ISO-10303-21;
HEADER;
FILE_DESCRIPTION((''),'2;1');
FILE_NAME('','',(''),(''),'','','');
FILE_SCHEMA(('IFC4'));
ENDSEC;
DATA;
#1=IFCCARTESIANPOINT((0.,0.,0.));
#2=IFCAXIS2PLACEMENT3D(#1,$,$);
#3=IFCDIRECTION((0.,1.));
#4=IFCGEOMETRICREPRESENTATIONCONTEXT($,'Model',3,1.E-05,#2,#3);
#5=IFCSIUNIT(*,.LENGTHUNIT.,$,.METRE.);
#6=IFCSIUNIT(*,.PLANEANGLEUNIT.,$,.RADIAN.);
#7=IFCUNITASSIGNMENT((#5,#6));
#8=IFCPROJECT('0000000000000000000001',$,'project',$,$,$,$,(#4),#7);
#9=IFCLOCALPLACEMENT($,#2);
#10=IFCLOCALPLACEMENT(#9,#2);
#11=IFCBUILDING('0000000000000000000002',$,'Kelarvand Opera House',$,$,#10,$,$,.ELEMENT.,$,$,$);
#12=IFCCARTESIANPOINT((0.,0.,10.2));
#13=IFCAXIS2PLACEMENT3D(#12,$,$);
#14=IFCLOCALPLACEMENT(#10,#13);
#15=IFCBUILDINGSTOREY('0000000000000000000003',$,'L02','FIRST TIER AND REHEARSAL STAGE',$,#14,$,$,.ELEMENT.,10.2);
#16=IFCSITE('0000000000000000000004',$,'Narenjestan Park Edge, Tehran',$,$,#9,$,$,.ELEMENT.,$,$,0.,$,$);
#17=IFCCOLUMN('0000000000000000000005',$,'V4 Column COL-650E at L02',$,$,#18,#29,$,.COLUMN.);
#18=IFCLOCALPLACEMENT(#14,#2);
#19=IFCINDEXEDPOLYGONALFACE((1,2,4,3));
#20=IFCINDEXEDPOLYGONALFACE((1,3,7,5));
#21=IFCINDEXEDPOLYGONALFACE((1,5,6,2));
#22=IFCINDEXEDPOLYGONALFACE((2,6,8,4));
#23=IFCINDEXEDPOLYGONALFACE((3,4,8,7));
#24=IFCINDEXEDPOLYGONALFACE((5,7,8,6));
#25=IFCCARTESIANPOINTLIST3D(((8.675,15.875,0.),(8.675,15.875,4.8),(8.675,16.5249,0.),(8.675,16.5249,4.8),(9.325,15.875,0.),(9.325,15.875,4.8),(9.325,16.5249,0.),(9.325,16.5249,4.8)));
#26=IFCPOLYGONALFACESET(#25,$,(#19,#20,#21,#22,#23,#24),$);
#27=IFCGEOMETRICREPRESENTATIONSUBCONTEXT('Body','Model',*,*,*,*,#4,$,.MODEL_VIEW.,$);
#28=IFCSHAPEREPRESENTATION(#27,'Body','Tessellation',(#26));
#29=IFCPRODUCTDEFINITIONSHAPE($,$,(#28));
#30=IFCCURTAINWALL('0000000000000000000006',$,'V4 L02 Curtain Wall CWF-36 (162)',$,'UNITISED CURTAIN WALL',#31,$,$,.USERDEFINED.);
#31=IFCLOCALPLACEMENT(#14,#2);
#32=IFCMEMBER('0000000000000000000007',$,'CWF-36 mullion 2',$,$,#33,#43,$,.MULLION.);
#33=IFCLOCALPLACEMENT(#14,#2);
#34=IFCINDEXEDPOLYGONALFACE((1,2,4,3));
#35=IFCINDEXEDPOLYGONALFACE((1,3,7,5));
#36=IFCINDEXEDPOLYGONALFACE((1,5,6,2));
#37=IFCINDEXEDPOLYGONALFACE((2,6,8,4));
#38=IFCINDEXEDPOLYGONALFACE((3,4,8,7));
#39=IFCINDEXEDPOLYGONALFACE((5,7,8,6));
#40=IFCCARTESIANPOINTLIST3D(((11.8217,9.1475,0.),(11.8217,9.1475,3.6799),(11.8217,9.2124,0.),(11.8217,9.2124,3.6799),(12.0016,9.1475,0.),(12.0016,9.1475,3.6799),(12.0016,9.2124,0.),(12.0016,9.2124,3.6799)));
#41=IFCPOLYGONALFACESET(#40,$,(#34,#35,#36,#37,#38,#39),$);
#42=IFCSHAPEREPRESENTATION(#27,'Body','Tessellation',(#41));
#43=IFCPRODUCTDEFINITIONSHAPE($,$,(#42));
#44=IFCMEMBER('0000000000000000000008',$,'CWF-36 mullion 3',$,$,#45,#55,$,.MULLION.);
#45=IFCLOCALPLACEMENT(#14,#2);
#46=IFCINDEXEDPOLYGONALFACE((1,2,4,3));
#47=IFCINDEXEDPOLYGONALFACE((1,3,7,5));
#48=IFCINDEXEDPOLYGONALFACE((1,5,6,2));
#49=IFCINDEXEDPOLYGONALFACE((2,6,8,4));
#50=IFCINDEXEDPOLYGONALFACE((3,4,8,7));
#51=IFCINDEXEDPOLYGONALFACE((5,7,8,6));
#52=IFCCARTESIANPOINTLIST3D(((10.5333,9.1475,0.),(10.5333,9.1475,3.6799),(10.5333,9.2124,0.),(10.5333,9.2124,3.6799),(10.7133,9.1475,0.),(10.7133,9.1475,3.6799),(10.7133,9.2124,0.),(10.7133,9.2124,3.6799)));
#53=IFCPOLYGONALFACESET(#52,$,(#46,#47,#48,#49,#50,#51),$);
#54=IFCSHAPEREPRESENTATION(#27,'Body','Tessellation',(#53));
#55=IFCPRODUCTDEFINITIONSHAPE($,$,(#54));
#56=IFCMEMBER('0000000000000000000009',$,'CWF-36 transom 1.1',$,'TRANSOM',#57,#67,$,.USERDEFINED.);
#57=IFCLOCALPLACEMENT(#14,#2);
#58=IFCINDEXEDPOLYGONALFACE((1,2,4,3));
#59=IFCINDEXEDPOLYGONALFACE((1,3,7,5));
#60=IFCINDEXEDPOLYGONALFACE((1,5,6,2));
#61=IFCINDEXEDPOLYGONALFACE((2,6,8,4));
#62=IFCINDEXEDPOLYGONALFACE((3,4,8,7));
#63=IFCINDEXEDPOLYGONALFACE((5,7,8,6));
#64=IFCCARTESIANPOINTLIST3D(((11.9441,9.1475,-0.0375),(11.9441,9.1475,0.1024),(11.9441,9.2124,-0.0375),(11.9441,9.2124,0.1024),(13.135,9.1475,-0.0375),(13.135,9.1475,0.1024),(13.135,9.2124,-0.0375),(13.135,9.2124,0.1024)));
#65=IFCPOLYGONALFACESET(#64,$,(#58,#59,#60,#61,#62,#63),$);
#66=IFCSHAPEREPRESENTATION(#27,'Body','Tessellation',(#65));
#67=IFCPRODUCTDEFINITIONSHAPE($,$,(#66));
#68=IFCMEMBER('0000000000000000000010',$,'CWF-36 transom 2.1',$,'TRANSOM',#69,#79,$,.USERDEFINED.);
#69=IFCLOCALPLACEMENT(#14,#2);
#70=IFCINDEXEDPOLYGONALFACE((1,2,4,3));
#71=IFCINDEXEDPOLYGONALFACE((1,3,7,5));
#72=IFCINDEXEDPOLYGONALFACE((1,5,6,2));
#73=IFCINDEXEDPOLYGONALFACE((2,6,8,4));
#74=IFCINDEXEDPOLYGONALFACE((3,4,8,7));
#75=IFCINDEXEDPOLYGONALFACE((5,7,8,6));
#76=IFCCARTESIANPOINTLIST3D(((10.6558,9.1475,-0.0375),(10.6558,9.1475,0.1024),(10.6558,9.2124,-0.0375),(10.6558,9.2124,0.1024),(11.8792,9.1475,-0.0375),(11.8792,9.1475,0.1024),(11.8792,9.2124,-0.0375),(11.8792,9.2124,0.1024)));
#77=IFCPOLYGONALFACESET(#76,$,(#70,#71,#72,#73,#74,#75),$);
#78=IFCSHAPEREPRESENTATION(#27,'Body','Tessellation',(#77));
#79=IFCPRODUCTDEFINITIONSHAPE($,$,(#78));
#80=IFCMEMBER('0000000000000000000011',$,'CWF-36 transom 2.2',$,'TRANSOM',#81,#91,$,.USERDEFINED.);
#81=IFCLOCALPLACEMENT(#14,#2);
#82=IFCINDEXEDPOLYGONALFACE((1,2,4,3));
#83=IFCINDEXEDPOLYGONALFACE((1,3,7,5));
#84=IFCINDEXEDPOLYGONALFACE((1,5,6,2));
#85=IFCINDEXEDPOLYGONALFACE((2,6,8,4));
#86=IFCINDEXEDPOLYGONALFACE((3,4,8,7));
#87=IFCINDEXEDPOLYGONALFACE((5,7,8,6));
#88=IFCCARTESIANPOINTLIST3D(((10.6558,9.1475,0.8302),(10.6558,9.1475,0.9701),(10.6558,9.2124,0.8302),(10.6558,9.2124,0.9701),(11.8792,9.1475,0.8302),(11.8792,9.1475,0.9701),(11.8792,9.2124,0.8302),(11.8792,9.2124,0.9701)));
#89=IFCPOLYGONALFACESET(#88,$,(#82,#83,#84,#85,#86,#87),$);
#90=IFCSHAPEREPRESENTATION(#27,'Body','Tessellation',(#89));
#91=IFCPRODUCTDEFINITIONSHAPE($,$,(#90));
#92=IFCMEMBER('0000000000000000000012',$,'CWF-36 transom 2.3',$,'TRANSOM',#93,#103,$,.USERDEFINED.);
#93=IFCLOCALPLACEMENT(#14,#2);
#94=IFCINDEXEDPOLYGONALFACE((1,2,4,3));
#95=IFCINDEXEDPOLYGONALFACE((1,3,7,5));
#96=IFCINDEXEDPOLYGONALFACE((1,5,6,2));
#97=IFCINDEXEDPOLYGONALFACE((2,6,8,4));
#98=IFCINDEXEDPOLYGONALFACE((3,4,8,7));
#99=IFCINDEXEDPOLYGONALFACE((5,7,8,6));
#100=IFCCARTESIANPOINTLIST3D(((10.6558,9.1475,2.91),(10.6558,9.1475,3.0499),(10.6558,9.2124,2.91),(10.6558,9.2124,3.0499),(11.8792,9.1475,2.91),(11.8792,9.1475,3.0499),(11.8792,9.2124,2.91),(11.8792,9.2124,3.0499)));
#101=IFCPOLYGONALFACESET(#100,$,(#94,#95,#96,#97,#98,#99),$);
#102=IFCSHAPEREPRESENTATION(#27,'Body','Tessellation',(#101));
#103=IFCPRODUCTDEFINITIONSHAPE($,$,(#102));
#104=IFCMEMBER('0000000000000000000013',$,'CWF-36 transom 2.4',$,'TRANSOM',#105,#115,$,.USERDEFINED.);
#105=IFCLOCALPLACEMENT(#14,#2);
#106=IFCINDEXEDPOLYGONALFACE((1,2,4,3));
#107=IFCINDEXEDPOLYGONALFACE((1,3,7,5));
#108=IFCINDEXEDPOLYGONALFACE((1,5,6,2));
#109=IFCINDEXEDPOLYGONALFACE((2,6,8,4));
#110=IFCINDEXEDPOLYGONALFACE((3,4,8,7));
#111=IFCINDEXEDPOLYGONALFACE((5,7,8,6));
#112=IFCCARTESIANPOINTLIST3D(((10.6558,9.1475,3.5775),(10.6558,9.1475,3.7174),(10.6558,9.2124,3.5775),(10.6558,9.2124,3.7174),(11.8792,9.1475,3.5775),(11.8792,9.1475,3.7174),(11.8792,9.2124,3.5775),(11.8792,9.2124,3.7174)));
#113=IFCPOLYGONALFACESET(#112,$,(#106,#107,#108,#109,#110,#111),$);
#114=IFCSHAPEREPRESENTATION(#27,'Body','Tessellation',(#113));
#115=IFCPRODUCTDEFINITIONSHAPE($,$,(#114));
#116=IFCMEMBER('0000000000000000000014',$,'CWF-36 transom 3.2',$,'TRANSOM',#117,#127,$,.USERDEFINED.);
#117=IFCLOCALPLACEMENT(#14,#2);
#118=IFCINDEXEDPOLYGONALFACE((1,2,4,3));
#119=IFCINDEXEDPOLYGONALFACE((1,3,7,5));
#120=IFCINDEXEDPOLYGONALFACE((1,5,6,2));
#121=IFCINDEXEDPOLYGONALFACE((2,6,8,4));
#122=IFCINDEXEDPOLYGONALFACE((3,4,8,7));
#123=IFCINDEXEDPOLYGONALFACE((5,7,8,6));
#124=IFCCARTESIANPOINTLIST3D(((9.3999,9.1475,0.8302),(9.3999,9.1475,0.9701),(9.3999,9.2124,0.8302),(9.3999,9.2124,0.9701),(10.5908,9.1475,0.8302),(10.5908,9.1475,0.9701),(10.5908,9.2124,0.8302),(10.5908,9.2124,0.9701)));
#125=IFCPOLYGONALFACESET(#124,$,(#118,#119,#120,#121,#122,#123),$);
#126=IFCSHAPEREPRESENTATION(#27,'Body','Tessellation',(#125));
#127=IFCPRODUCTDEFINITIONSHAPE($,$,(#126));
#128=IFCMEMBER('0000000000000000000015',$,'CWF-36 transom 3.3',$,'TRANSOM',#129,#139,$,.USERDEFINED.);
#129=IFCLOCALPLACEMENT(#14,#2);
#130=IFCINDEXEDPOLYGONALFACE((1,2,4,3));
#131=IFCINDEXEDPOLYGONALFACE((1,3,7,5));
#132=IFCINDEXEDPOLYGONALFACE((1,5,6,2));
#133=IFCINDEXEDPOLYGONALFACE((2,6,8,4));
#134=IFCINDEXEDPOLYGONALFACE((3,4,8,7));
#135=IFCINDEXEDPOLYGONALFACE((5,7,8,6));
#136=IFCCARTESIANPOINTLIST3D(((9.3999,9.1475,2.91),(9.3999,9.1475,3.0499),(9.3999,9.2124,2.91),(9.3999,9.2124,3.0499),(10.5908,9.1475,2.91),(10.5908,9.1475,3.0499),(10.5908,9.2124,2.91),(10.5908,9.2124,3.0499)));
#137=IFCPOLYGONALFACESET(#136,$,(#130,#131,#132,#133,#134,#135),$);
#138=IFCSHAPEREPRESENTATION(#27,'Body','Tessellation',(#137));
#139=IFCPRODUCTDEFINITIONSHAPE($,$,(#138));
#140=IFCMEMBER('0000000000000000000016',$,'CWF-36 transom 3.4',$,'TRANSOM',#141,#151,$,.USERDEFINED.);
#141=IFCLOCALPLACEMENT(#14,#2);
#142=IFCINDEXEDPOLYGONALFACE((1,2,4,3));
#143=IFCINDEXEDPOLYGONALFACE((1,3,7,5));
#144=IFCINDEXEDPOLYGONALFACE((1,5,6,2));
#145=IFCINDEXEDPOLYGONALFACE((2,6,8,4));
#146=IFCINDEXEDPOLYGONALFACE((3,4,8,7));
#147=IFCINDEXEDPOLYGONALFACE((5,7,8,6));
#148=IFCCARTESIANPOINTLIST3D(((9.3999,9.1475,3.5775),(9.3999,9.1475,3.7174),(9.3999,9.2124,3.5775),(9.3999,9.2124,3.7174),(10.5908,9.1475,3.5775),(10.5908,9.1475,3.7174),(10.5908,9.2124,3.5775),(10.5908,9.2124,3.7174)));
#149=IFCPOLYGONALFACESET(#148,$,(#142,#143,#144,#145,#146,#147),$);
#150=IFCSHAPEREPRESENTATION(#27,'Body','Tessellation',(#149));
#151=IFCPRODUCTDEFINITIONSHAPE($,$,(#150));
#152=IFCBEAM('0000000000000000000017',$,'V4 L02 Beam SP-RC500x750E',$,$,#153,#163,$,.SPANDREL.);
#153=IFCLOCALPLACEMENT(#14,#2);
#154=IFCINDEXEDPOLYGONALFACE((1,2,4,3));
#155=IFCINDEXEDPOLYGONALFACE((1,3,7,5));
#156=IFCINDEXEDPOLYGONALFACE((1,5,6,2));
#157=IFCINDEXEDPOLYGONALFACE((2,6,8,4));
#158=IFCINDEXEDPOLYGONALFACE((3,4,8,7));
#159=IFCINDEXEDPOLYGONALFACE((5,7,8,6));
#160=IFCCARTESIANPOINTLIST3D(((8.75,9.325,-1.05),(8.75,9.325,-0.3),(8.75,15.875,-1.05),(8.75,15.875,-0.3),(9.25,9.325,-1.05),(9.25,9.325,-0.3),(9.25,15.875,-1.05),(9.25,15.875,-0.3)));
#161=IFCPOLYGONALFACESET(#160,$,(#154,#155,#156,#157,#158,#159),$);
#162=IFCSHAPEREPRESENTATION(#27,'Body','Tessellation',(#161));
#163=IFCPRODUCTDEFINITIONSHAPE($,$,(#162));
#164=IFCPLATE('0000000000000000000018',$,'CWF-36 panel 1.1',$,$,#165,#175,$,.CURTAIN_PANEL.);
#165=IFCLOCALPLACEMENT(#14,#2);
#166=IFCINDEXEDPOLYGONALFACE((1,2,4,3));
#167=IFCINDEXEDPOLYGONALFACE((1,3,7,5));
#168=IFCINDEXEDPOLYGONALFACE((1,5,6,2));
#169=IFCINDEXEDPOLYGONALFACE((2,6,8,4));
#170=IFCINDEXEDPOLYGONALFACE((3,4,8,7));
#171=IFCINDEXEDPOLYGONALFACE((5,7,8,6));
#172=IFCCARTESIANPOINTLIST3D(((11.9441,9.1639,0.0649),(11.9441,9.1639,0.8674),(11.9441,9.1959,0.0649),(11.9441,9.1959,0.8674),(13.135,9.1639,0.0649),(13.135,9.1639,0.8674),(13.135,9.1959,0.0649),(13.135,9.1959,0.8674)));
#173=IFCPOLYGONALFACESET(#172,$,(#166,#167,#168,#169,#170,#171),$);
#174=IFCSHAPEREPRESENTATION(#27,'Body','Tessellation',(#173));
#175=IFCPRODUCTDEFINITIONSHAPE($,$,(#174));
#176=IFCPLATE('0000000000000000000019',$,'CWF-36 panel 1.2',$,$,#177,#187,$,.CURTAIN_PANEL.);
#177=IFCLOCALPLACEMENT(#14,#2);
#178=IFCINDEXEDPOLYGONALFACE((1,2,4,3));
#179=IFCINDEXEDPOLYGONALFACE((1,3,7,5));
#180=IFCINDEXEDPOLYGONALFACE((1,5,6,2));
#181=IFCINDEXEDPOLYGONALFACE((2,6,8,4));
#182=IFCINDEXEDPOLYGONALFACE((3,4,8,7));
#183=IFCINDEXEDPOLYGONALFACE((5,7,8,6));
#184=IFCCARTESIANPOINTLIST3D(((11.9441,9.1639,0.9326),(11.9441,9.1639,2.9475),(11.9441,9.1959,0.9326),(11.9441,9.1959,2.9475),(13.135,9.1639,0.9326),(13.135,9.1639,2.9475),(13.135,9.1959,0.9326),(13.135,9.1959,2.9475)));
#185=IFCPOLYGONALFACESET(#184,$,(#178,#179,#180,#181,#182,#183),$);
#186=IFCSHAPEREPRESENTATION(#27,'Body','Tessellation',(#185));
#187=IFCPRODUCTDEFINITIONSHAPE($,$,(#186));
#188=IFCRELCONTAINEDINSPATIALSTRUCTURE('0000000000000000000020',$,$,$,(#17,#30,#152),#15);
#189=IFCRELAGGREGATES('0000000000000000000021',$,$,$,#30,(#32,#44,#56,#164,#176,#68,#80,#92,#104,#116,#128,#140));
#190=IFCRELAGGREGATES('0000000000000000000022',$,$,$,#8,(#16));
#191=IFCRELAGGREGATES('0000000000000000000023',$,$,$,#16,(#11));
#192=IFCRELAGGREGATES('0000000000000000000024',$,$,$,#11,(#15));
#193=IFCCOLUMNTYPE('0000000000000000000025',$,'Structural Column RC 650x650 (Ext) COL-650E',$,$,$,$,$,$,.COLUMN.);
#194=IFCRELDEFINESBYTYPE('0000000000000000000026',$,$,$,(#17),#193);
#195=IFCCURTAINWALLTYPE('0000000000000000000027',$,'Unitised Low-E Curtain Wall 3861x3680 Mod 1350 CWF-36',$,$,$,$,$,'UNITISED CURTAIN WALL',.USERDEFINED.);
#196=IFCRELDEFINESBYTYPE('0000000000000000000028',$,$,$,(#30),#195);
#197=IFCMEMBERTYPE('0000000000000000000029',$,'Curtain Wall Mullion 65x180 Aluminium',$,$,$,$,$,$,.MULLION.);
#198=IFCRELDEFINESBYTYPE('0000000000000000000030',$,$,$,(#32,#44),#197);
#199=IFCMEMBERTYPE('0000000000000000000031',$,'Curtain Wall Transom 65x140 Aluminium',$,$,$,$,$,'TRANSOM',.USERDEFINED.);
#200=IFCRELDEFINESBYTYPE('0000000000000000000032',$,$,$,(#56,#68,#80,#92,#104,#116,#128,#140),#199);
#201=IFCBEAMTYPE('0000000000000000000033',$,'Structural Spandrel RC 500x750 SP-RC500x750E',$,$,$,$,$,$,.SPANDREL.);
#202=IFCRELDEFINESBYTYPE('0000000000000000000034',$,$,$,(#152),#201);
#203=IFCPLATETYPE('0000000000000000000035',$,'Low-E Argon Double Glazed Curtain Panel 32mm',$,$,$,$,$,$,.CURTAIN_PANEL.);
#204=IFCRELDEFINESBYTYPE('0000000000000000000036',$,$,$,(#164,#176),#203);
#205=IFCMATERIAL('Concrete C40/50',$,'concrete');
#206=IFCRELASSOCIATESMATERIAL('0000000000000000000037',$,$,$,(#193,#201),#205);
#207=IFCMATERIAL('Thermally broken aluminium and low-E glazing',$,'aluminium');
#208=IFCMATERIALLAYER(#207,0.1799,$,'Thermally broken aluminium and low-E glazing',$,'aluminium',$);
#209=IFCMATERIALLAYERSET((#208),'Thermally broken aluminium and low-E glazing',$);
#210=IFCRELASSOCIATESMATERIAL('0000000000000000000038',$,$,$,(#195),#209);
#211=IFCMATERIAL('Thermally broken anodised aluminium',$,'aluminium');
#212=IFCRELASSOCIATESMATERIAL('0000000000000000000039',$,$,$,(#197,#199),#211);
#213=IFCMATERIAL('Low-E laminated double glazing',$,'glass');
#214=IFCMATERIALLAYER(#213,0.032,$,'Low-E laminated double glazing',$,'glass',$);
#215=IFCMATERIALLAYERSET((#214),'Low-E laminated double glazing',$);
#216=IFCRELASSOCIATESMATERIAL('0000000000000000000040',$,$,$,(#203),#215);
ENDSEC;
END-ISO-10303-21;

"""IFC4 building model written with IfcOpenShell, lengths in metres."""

from ifc_helpers import new_model, si_unit, direction, frame, origin, origin_2d, place, context, subcontext, project, spatial, rectangle, extrude, material, layer, layer_set, material_profile, profile_set, type_object, element, aggregate, save


model = new_model("IFC4")

# Units and contexts
model_context = context("Model", 3, precision=1e-05, world=origin(), true_north=direction((0.0, 1.0)))
body_context = subcontext(model_context, "Body", "Model", "MODEL_VIEW")
ifc_project = project(units=[si_unit("LENGTHUNIT", "METRE"), si_unit("PLANEANGLEUNIT", "RADIAN")], contexts=[model_context])

# Site, building, storey
site_placement = place(None, origin())
site = spatial("IfcSite", under=ifc_project, at=site_placement, Name="Narenjestan Park Edge, Tehran", CompositionType="ELEMENT", RefElevation=0.0)
building_placement = place(site_placement, origin())
building = spatial("IfcBuilding", under=site, at=building_placement, Name="Kelarvand Opera House", CompositionType="ELEMENT")
storey_placement = place(building_placement, frame((0.0, 0.0, 10.2)))
storey = spatial("IfcBuildingStorey", under=building, at=storey_placement, Name="L02", Description="FIRST TIER AND REHEARSAL STAGE", CompositionType="ELEMENT", Elevation=10.2)

# Column
ifc_material_1 = material(Name="Concrete C40/50", Category="concrete")
ifc_material_profile_1 = material_profile(ifc_material_1, rectangle(XDim=0.6499, YDim=0.6499, at=origin_2d()), Name="RC 650x650", Category="concrete")
ifc_profile_set_1 = profile_set([ifc_material_profile_1], Name="Concrete C40/50")
column_type = type_object("IfcColumnType", Name="Structural Column RC 650x650 (Ext) COL-650E", PredefinedType="COLUMN", material=ifc_profile_set_1)
column_placement = place(storey_placement, frame((9.0, 16.2, 0.0), z_axis=(0.0, 0.0, 1.0), x_axis=(1.0, 0.0, 0.0)))
element("IfcColumn", 1, at=column_placement, inside=storey, type_object=column_type, Name="V4 Column COL-650E at L02", PredefinedType="COLUMN", context=body_context, shape_type="SweptSolid", body=[
    extrude(rectangle(XDim=0.6499, YDim=0.6499, at=origin_2d()), origin(), (0.0, 0.0, 1.0), 4.8),
])

# Curtain wall, members
ifc_material_2 = material(Name="Thermally broken aluminium and low-E glazing", Category="aluminium")
ifc_layer_1 = layer(ifc_material_2, 0.1799, Name="Thermally broken aluminium and low-E glazing", Category="aluminium")
ifc_layer_set_1 = layer_set([ifc_layer_1], Name="Thermally broken aluminium and low-E glazing")
curtain_wall_type = type_object("IfcCurtainWallType", Name="Unitised Low-E Curtain Wall 3861x3680 Mod 1350 CWF-36", ElementType="UNITISED CURTAIN WALL", PredefinedType="USERDEFINED", material=ifc_layer_set_1)
curtain_wall_placement = place(storey_placement, origin())
curtain_wall = element("IfcCurtainWall", 2, at=curtain_wall_placement, inside=storey, type_object=curtain_wall_type, Name="V4 L02 Curtain Wall CWF-36 (162)", ObjectType="UNITISED CURTAIN WALL", PredefinedType="USERDEFINED")
ifc_material_3 = material(Name="Thermally broken anodised aluminium", Category="aluminium")
ifc_material_profile_2 = material_profile(ifc_material_3, rectangle(XDim=0.0649, YDim=0.1799, at=origin_2d()), Name="ALU MULLION 65x180", Category="aluminium")
ifc_profile_set_2 = profile_set([ifc_material_profile_2], Name="Thermally broken anodised aluminium")
member_type_1 = type_object("IfcMemberType", Name="Curtain Wall Mullion 65x180 Aluminium", PredefinedType="MULLION", material=ifc_profile_set_2)
member_1_placement = place(storey_placement, frame((11.9116, 9.1799, 0.0), z_axis=(0.0, 0.0, 1.0), x_axis=(0.0, -1.0, 0.0)))
member_1 = element("IfcMember", 3, at=member_1_placement, type_object=member_type_1, Name="CWF-36 mullion 2", PredefinedType="MULLION", context=body_context, shape_type="SweptSolid", body=[
    extrude(rectangle(XDim=0.0649, YDim=0.1799, at=origin_2d()), origin(), (0.0, 0.0, 1.0), 3.6799),
])
member_2_placement = place(storey_placement, frame((10.6233, 9.1799, 0.0), z_axis=(0.0, 0.0, 1.0), x_axis=(0.0, -1.0, 0.0)))
member_2 = element("IfcMember", 4, at=member_2_placement, type_object=member_type_1, Name="CWF-36 mullion 3", PredefinedType="MULLION", context=body_context, shape_type="SweptSolid", body=[
    extrude(rectangle(XDim=0.0649, YDim=0.1799, at=origin_2d()), origin(), (0.0, 0.0, 1.0), 3.6799),
])
ifc_material_profile_3 = material_profile(ifc_material_3, rectangle(XDim=0.0649, YDim=0.1399, at=origin_2d()), Name="ALU TRANSOM 65x140", Category="aluminium")
ifc_profile_set_3 = profile_set([ifc_material_profile_3], Name="Thermally broken anodised aluminium")
member_type_2 = type_object("IfcMemberType", Name="Curtain Wall Transom 65x140 Aluminium", ElementType="TRANSOM", PredefinedType="USERDEFINED", material=ifc_profile_set_3)
member_3_placement = place(storey_placement, frame((13.135, 9.1799, 0.0325), z_axis=(-1.0, 0.0, 0.0), x_axis=(0.0, -1.0, 0.0)))
member_3 = element("IfcMember", 5, at=member_3_placement, type_object=member_type_2, Name="CWF-36 transom 1.1", ObjectType="TRANSOM", PredefinedType="USERDEFINED", context=body_context, shape_type="SweptSolid", body=[
    extrude(rectangle(XDim=0.0649, YDim=0.1399, at=origin_2d()), origin(), (0.0, 0.0, 1.0), 1.1909),
])
member_4_placement = place(storey_placement, frame((11.8792, 9.1799, 0.0325), z_axis=(-1.0, 0.0, 0.0), x_axis=(0.0, -1.0, 0.0)))
member_4 = element("IfcMember", 6, at=member_4_placement, type_object=member_type_2, Name="CWF-36 transom 2.1", ObjectType="TRANSOM", PredefinedType="USERDEFINED", context=body_context, shape_type="SweptSolid", body=[
    extrude(rectangle(XDim=0.0649, YDim=0.1399, at=origin_2d()), origin(), (0.0, 0.0, 1.0), 1.2234),
])
member_5_placement = place(storey_placement, frame((11.8792, 9.1799, 0.9001), z_axis=(-1.0, 0.0, 0.0), x_axis=(0.0, -1.0, 0.0)))
member_5 = element("IfcMember", 7, at=member_5_placement, type_object=member_type_2, Name="CWF-36 transom 2.2", ObjectType="TRANSOM", PredefinedType="USERDEFINED", context=body_context, shape_type="SweptSolid", body=[
    extrude(rectangle(XDim=0.0649, YDim=0.1399, at=origin_2d()), origin(), (0.0, 0.0, 1.0), 1.2234),
])
member_6_placement = place(storey_placement, frame((11.8792, 9.1799, 2.98), z_axis=(-1.0, 0.0, 0.0), x_axis=(0.0, -1.0, 0.0)))
member_6 = element("IfcMember", 8, at=member_6_placement, type_object=member_type_2, Name="CWF-36 transom 2.3", ObjectType="TRANSOM", PredefinedType="USERDEFINED", context=body_context, shape_type="SweptSolid", body=[
    extrude(rectangle(XDim=0.0649, YDim=0.1399, at=origin_2d()), origin(), (0.0, 0.0, 1.0), 1.2234),
])
member_7_placement = place(storey_placement, frame((11.8792, 9.1799, 3.6475), z_axis=(-1.0, 0.0, 0.0), x_axis=(0.0, -1.0, 0.0)))
member_7 = element("IfcMember", 9, at=member_7_placement, type_object=member_type_2, Name="CWF-36 transom 2.4", ObjectType="TRANSOM", PredefinedType="USERDEFINED", context=body_context, shape_type="SweptSolid", body=[
    extrude(rectangle(XDim=0.0649, YDim=0.1399, at=origin_2d()), origin(), (0.0, 0.0, 1.0), 1.2234),
])
member_8_placement = place(storey_placement, frame((10.5908, 9.1799, 0.9001), z_axis=(-1.0, 0.0, 0.0), x_axis=(0.0, -1.0, 0.0)))
member_8 = element("IfcMember", 10, at=member_8_placement, type_object=member_type_2, Name="CWF-36 transom 3.2", ObjectType="TRANSOM", PredefinedType="USERDEFINED", context=body_context, shape_type="SweptSolid", body=[
    extrude(rectangle(XDim=0.0649, YDim=0.1399, at=origin_2d()), origin(), (0.0, 0.0, 1.0), 1.1909),
])
member_9_placement = place(storey_placement, frame((10.5908, 9.1799, 2.98), z_axis=(-1.0, 0.0, 0.0), x_axis=(0.0, -1.0, 0.0)))
member_9 = element("IfcMember", 11, at=member_9_placement, type_object=member_type_2, Name="CWF-36 transom 3.3", ObjectType="TRANSOM", PredefinedType="USERDEFINED", context=body_context, shape_type="SweptSolid", body=[
    extrude(rectangle(XDim=0.0649, YDim=0.1399, at=origin_2d()), origin(), (0.0, 0.0, 1.0), 1.1909),
])
member_10_placement = place(storey_placement, frame((10.5908, 9.1799, 3.6475), z_axis=(-1.0, 0.0, 0.0), x_axis=(0.0, -1.0, 0.0)))
member_10 = element("IfcMember", 12, at=member_10_placement, type_object=member_type_2, Name="CWF-36 transom 3.4", ObjectType="TRANSOM", PredefinedType="USERDEFINED", context=body_context, shape_type="SweptSolid", body=[
    extrude(rectangle(XDim=0.0649, YDim=0.1399, at=origin_2d()), origin(), (0.0, 0.0, 1.0), 1.1909),
])

# Beam
ifc_material_profile_4 = material_profile(ifc_material_1, rectangle(XDim=0.5, YDim=0.75, at=origin_2d()), Name="RC 500x750", Category="concrete")
ifc_profile_set_4 = profile_set([ifc_material_profile_4], Name="Concrete C40/50")
beam_type = type_object("IfcBeamType", Name="Structural Spandrel RC 500x750 SP-RC500x750E", PredefinedType="SPANDREL", material=ifc_profile_set_4)
beam_placement = place(storey_placement, frame((9.0, 9.325, -0.675), z_axis=(0.0, 1.0, 0.0), x_axis=(-1.0, 0.0, 0.0)))
element("IfcBeam", 13, at=beam_placement, inside=storey, type_object=beam_type, Name="V4 L02 Beam SP-RC500x750E", PredefinedType="SPANDREL", context=body_context, shape_type="SweptSolid", body=[
    extrude(rectangle(XDim=0.5, YDim=0.75, at=origin_2d()), origin(), (0.0, 0.0, 1.0), 6.55),
])

# Plates
ifc_material_4 = material(Name="Low-E laminated double glazing", Category="glass")
ifc_layer_2 = layer(ifc_material_4, 0.032, Name="Low-E laminated double glazing", Category="glass")
ifc_layer_set_2 = layer_set([ifc_layer_2], Name="Low-E laminated double glazing")
plate_type = type_object("IfcPlateType", Name="Low-E Argon Double Glazed Curtain Panel 32mm", PredefinedType="CURTAIN_PANEL", material=ifc_layer_set_2)
plate_1_placement = place(storey_placement, frame((12.5396, 9.1799, 0.0649), z_axis=(0.0, 0.0, 1.0), x_axis=(-1.0, 0.0, 0.0)))
plate_1 = element("IfcPlate", 14, at=plate_1_placement, type_object=plate_type, Name="CWF-36 panel 1.1", PredefinedType="CURTAIN_PANEL", context=body_context, shape_type="SweptSolid", body=[
    extrude(rectangle(XDim=1.1909, YDim=0.032, at=origin_2d()), origin(), (0.0, 0.0, 1.0), 0.8025),
])
plate_2_placement = place(storey_placement, frame((12.5396, 9.1799, 0.9326), z_axis=(0.0, 0.0, 1.0), x_axis=(-1.0, 0.0, 0.0)))
plate_2 = element("IfcPlate", 15, at=plate_2_placement, type_object=plate_type, Name="CWF-36 panel 1.2", PredefinedType="CURTAIN_PANEL", context=body_context, shape_type="SweptSolid", body=[
    extrude(rectangle(XDim=1.1909, YDim=0.032, at=origin_2d()), origin(), (0.0, 0.0, 1.0), 2.0149),
])
aggregate(curtain_wall, [member_1, member_2, member_3, plate_1, plate_2, member_4, member_5, member_6, member_7, member_8, member_9, member_10])

save(model, "model.ifc")
